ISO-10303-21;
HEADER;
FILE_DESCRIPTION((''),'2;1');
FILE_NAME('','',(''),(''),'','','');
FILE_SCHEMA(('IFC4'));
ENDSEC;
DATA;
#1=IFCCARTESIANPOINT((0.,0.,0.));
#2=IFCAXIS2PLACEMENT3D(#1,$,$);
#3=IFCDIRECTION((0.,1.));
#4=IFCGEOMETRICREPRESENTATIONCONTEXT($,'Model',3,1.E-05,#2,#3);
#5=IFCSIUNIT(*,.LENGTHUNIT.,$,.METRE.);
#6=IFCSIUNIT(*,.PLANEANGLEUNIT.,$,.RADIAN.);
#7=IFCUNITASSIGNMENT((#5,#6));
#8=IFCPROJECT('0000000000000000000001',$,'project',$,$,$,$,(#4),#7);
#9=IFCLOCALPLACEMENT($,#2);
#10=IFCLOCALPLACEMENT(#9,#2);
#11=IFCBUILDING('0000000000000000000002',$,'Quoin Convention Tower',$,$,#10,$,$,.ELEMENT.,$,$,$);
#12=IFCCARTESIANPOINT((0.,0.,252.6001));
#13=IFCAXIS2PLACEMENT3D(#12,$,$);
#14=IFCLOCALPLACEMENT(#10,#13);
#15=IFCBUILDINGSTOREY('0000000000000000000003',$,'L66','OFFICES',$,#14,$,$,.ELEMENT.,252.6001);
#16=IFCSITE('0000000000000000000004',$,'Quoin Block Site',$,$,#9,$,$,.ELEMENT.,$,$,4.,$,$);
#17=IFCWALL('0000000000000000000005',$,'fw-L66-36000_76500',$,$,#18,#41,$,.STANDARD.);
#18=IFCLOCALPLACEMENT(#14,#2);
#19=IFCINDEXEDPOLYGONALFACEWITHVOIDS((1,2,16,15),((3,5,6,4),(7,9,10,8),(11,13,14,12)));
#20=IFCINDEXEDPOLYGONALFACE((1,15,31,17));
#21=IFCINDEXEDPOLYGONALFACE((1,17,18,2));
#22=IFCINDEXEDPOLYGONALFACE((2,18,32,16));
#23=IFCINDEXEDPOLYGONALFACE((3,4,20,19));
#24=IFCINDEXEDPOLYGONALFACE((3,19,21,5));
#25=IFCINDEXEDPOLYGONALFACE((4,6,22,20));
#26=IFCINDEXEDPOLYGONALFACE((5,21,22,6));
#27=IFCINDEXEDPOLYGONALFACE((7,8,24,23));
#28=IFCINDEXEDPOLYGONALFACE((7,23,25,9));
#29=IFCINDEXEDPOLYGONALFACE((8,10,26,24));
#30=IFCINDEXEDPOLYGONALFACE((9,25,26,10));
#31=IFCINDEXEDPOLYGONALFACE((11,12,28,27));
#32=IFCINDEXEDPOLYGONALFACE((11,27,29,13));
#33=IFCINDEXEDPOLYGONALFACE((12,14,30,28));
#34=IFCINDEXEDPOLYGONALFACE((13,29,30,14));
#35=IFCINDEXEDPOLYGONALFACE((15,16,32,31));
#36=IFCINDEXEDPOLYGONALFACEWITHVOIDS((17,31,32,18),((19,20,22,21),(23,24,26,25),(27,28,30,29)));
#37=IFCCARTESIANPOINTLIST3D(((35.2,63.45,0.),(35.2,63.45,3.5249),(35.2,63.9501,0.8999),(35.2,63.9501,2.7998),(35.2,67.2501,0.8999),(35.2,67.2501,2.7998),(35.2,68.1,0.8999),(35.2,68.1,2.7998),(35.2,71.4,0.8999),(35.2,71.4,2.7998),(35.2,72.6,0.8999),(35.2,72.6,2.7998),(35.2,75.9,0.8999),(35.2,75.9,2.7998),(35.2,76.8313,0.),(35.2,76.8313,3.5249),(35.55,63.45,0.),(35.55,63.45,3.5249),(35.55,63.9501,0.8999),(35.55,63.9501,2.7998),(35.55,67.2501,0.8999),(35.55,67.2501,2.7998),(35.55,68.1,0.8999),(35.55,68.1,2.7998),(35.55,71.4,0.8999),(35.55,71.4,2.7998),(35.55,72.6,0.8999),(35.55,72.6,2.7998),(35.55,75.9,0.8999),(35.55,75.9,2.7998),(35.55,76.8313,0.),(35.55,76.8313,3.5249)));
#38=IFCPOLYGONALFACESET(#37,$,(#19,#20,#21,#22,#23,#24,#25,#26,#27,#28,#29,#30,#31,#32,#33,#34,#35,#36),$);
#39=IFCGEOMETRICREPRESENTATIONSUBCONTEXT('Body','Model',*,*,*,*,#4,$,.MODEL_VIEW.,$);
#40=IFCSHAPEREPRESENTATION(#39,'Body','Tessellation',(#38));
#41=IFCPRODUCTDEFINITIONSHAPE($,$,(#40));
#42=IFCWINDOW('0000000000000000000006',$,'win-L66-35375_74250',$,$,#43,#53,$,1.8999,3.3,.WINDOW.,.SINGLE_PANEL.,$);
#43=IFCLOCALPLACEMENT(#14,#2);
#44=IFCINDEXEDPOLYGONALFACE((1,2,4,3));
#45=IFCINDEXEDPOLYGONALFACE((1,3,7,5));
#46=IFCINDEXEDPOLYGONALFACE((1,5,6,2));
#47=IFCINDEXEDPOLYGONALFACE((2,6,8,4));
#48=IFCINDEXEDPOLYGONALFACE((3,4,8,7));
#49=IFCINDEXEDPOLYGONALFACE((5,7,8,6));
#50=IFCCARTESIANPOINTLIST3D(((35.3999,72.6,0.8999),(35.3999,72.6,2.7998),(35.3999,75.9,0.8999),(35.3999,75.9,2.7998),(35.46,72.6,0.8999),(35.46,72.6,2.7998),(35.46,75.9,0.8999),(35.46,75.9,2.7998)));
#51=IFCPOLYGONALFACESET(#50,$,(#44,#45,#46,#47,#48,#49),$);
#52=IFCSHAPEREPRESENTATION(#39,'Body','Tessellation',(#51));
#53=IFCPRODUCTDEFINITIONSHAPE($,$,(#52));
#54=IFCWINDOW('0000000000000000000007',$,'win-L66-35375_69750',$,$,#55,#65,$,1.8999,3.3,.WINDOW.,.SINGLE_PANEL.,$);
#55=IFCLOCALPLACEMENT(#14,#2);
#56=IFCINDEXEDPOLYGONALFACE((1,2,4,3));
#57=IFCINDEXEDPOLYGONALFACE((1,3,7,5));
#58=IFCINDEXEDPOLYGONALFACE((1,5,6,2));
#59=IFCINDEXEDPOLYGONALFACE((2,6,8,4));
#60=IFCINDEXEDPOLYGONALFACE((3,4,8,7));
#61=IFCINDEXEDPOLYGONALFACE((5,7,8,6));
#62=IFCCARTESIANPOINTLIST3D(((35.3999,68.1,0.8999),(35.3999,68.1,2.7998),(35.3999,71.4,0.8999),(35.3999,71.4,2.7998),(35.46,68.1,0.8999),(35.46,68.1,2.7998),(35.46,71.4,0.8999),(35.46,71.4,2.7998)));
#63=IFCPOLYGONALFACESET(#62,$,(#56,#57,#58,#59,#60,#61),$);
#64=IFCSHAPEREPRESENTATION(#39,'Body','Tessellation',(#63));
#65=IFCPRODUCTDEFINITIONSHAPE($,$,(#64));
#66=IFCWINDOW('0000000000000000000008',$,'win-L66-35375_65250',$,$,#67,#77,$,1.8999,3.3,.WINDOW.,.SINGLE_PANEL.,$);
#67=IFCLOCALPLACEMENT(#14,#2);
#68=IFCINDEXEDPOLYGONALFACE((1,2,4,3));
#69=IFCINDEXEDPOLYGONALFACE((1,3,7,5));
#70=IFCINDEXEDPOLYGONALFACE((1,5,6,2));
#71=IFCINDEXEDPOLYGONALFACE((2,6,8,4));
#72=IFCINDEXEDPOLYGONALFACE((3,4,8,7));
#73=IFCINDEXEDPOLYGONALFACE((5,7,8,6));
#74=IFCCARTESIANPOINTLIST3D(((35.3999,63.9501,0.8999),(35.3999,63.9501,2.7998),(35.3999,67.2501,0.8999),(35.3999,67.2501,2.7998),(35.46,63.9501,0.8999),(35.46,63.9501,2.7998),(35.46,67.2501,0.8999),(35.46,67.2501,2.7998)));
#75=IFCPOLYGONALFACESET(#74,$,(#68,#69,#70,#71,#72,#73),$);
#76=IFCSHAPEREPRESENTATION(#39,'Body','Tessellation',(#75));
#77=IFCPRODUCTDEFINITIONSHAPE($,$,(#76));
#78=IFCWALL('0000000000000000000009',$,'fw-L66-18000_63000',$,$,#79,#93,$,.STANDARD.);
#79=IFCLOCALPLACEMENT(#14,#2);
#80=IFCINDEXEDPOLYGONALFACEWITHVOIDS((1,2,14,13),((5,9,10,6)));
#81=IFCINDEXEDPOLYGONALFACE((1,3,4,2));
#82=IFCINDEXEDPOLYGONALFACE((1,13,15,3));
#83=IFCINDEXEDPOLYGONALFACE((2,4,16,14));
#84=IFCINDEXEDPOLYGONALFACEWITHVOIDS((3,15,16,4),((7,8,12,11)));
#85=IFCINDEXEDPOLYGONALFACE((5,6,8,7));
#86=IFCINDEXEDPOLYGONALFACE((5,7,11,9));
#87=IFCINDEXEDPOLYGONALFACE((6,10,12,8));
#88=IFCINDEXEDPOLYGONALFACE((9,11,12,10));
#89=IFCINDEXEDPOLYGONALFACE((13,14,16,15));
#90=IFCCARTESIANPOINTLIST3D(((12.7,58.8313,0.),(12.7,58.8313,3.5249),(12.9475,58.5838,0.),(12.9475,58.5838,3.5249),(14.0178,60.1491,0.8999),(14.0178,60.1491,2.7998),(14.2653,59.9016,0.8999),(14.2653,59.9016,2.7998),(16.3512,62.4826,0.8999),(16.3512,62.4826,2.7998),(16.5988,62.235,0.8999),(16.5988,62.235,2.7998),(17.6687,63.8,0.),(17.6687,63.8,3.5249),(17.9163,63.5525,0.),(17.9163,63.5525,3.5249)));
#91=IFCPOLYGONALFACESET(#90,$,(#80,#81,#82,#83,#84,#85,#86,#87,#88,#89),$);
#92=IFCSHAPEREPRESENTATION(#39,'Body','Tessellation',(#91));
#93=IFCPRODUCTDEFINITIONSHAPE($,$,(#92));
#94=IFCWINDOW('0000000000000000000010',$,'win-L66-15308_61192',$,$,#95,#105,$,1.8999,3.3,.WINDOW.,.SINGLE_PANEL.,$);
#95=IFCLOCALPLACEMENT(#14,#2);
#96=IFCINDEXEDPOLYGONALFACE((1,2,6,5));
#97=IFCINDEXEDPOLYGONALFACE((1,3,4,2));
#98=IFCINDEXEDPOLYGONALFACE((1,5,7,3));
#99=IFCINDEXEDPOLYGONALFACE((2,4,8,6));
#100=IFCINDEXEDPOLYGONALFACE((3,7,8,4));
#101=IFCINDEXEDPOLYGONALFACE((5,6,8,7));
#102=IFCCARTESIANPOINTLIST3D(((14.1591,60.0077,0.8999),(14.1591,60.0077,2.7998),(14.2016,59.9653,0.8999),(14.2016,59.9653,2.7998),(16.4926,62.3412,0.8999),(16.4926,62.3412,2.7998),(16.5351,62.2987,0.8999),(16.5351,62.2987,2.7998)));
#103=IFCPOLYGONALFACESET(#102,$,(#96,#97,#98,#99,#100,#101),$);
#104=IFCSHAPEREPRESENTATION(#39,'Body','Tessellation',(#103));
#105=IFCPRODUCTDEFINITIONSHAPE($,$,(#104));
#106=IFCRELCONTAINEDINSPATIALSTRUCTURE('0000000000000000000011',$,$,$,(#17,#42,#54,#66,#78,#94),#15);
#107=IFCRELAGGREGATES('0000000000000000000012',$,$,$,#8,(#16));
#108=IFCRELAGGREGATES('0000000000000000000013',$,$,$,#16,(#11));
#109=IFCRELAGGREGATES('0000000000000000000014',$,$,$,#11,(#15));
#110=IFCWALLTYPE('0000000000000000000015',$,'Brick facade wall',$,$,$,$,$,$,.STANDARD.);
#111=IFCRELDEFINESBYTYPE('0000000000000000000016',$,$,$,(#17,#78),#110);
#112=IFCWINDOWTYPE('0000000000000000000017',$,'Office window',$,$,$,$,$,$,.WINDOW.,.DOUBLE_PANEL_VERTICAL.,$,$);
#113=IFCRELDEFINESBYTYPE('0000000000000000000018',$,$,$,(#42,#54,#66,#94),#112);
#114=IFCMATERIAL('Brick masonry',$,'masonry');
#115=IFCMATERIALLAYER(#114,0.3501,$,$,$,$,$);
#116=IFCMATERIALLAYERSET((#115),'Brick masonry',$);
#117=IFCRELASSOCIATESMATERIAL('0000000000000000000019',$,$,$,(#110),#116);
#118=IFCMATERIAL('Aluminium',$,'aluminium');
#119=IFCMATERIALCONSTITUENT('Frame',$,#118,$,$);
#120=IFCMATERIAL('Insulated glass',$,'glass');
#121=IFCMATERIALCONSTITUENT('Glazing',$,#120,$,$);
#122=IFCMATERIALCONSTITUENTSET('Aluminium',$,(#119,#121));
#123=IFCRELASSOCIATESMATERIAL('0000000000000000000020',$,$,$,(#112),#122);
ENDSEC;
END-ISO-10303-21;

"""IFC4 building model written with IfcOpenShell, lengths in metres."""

from ifc_helpers import new_model, si_unit, direction, frame, frame_2d, origin, place, context, subcontext, project, spatial, rectangle, extrude, material, layer, layer_set, constituent, constituent_set, type_object, element, fill, save


model = new_model("IFC4")

# Units and contexts
model_context = context("Model", 3, precision=1e-05, world=origin(), true_north=direction((0.0, 1.0)))
body_context = subcontext(model_context, "Body", "Model", "MODEL_VIEW")
ifc_project = project(units=[si_unit("LENGTHUNIT", "METRE"), si_unit("PLANEANGLEUNIT", "RADIAN")], contexts=[model_context])

# Site, building, storey
site_placement = place(None, origin())
site = spatial("IfcSite", under=ifc_project, at=site_placement, Name="Quoin Block Site", CompositionType="ELEMENT", RefElevation=4.0)
building_placement = place(site_placement, origin())
building = spatial("IfcBuilding", under=site, at=building_placement, Name="Quoin Convention Tower", CompositionType="ELEMENT")
storey_placement = place(building_placement, frame((0.0, 0.0, 252.6001)))
storey = spatial("IfcBuildingStorey", under=building, at=storey_placement, Name="L66", Description="OFFICES", CompositionType="ELEMENT", Elevation=252.6001)

# Wall, openings, windows
ifc_material_1 = material(Name="Brick masonry", Category="masonry")
ifc_layer_1 = layer(ifc_material_1, 0.3501)
ifc_layer_set_1 = layer_set([ifc_layer_1], Name="Brick masonry")
wall_type_1 = type_object("IfcWallType", Name="Brick facade wall", PredefinedType="STANDARD", material=ifc_layer_set_1)
wall_1_placement = place(storey_placement, frame((35.375, 76.8313, 0.0), z_axis=(0.0, 0.0, 1.0), x_axis=(0.0, -1.0, 0.0)))
wall_1 = element("IfcWall", 1, at=wall_1_placement, inside=storey, type_object=wall_type_1, Name="fw-L66-36000_76500", PredefinedType="STANDARD", context=body_context, shape_type="SweptSolid", body=[
    extrude(rectangle(XDim=13.3813, YDim=0.3501, at=frame_2d((6.6907, 0.0))), origin(), (0.0, 0.0, 1.0), 3.5249),
])
opening_1_placement = place(wall_1_placement, frame((0.9314, 0.0, 0.8999)))
opening_1 = element("IfcOpeningElement", 2, at=opening_1_placement, cuts=wall_1, PredefinedType="OPENING", context=body_context, shape_type="SweptSolid", body=[
    extrude(rectangle(XDim=3.3, YDim=1.8999, at=frame_2d((1.6499, 0.95))), frame((0.0, 0.1851, 0.0), z_axis=(0.0, -1.0, 0.0), x_axis=(1.0, 0.0, 0.0)), (0.0, 0.0, 1.0), 0.3701),
])
opening_2_placement = place(wall_1_placement, frame((5.4314, 0.0, 0.8999)))
opening_2 = element("IfcOpeningElement", 3, at=opening_2_placement, cuts=wall_1, PredefinedType="OPENING", context=body_context, shape_type="SweptSolid", body=[
    extrude(rectangle(XDim=3.3, YDim=1.8999, at=frame_2d((1.6499, 0.95))), frame((0.0, 0.1851, 0.0), z_axis=(0.0, -1.0, 0.0), x_axis=(1.0, 0.0, 0.0)), (0.0, 0.0, 1.0), 0.3701),
])
opening_3_placement = place(wall_1_placement, frame((9.5813, 0.0, 0.8999)))
opening_3 = element("IfcOpeningElement", 4, at=opening_3_placement, cuts=wall_1, PredefinedType="OPENING", context=body_context, shape_type="SweptSolid", body=[
    extrude(rectangle(XDim=3.3, YDim=1.8999, at=frame_2d((1.6499, 0.95))), frame((0.0, 0.1851, 0.0), z_axis=(0.0, -1.0, 0.0), x_axis=(1.0, 0.0, 0.0)), (0.0, 0.0, 1.0), 0.3701),
])
ifc_material_2 = material(Name="Aluminium", Category="aluminium")
ifc_constituent_1 = constituent(ifc_material_2, Name="Frame")
ifc_material_3 = material(Name="Insulated glass", Category="glass")
ifc_constituent_2 = constituent(ifc_material_3, Name="Glazing")
ifc_constituent_set = constituent_set(constituents=[ifc_constituent_1, ifc_constituent_2], Name="Aluminium")
window_type = type_object("IfcWindowType", Name="Office window", PartitioningType="DOUBLE_PANEL_VERTICAL", PredefinedType="WINDOW", material=ifc_constituent_set)
window_1_placement = place(opening_1_placement, origin())
window_1 = element("IfcWindow", 5, at=window_1_placement, inside=storey, type_object=window_type, Name="win-L66-35375_74250", OverallHeight=1.8999, OverallWidth=3.3, PartitioningType="SINGLE_PANEL", PredefinedType="WINDOW", context=body_context, shape_type="SweptSolid", body=[
    extrude(rectangle(XDim=3.3, YDim=1.8999, at=frame_2d((1.6499, 0.95))), frame((0.0, 0.085, 0.0), z_axis=(0.0, -1.0, 0.0), x_axis=(1.0, 0.0, 0.0)), (0.0, 0.0, 1.0), 0.0601),
])
fill(opening_1, window_1)
window_2_placement = place(opening_2_placement, origin())
window_2 = element("IfcWindow", 6, at=window_2_placement, inside=storey, type_object=window_type, Name="win-L66-35375_69750", OverallHeight=1.8999, OverallWidth=3.3, PartitioningType="SINGLE_PANEL", PredefinedType="WINDOW", context=body_context, shape_type="SweptSolid", body=[
    extrude(rectangle(XDim=3.3, YDim=1.8999, at=frame_2d((1.6499, 0.95))), frame((0.0, 0.085, 0.0), z_axis=(0.0, -1.0, 0.0), x_axis=(1.0, 0.0, 0.0)), (0.0, 0.0, 1.0), 0.0601),
])
fill(opening_2, window_2)
window_3_placement = place(opening_3_placement, origin())
window_3 = element("IfcWindow", 7, at=window_3_placement, inside=storey, type_object=window_type, Name="win-L66-35375_65250", OverallHeight=1.8999, OverallWidth=3.3, PartitioningType="SINGLE_PANEL", PredefinedType="WINDOW", context=body_context, shape_type="SweptSolid", body=[
    extrude(rectangle(XDim=3.3, YDim=1.8999, at=frame_2d((1.6499, 0.95))), frame((0.0, 0.085, 0.0), z_axis=(0.0, -1.0, 0.0), x_axis=(1.0, 0.0, 0.0)), (0.0, 0.0, 1.0), 0.0601),
])
fill(opening_3, window_3)

# Wall, opening, window
wall_2_placement = place(storey_placement, frame((17.7925, 63.6763, 0.0), z_axis=(0.0, 0.0, 1.0), x_axis=(-0.707107, -0.707107, 0.0)))
wall_2 = element("IfcWall", 8, at=wall_2_placement, inside=storey, type_object=wall_type_1, Name="fw-L66-18000_63000", PredefinedType="STANDARD", context=body_context, shape_type="SweptSolid", body=[
    extrude(rectangle(XDim=7.0269, YDim=0.3501, at=frame_2d((3.5134, 0.0))), origin(), (0.0, 0.0, 1.0), 3.5249),
])
opening_4_placement = place(wall_2_placement, frame((1.8633, 0.0, 0.8999)))
opening_4 = element("IfcOpeningElement", 9, at=opening_4_placement, cuts=wall_2, PredefinedType="OPENING", context=body_context, shape_type="SweptSolid", body=[
    extrude(rectangle(XDim=3.3, YDim=1.8999, at=frame_2d((1.6499, 0.95))), frame((0.0, 0.1851, 0.0), z_axis=(0.0, -1.0, 0.0), x_axis=(1.0, 0.0, 0.0)), (0.0, 0.0, 1.0), 0.3701),
])
window_4_placement = place(opening_4_placement, origin())
window_4 = element("IfcWindow", 10, at=window_4_placement, inside=storey, type_object=window_type, Name="win-L66-15308_61192", OverallHeight=1.8999, OverallWidth=3.3, PartitioningType="SINGLE_PANEL", PredefinedType="WINDOW", context=body_context, shape_type="SweptSolid", body=[
    extrude(rectangle(XDim=3.3, YDim=1.8999, at=frame_2d((1.6499, 0.95))), frame((0.0, 0.085, 0.0), z_axis=(0.0, -1.0, 0.0), x_axis=(1.0, 0.0, 0.0)), (0.0, 0.0, 1.0), 0.0601),
])
fill(opening_4, window_4)

save(model, "model.ifc")
